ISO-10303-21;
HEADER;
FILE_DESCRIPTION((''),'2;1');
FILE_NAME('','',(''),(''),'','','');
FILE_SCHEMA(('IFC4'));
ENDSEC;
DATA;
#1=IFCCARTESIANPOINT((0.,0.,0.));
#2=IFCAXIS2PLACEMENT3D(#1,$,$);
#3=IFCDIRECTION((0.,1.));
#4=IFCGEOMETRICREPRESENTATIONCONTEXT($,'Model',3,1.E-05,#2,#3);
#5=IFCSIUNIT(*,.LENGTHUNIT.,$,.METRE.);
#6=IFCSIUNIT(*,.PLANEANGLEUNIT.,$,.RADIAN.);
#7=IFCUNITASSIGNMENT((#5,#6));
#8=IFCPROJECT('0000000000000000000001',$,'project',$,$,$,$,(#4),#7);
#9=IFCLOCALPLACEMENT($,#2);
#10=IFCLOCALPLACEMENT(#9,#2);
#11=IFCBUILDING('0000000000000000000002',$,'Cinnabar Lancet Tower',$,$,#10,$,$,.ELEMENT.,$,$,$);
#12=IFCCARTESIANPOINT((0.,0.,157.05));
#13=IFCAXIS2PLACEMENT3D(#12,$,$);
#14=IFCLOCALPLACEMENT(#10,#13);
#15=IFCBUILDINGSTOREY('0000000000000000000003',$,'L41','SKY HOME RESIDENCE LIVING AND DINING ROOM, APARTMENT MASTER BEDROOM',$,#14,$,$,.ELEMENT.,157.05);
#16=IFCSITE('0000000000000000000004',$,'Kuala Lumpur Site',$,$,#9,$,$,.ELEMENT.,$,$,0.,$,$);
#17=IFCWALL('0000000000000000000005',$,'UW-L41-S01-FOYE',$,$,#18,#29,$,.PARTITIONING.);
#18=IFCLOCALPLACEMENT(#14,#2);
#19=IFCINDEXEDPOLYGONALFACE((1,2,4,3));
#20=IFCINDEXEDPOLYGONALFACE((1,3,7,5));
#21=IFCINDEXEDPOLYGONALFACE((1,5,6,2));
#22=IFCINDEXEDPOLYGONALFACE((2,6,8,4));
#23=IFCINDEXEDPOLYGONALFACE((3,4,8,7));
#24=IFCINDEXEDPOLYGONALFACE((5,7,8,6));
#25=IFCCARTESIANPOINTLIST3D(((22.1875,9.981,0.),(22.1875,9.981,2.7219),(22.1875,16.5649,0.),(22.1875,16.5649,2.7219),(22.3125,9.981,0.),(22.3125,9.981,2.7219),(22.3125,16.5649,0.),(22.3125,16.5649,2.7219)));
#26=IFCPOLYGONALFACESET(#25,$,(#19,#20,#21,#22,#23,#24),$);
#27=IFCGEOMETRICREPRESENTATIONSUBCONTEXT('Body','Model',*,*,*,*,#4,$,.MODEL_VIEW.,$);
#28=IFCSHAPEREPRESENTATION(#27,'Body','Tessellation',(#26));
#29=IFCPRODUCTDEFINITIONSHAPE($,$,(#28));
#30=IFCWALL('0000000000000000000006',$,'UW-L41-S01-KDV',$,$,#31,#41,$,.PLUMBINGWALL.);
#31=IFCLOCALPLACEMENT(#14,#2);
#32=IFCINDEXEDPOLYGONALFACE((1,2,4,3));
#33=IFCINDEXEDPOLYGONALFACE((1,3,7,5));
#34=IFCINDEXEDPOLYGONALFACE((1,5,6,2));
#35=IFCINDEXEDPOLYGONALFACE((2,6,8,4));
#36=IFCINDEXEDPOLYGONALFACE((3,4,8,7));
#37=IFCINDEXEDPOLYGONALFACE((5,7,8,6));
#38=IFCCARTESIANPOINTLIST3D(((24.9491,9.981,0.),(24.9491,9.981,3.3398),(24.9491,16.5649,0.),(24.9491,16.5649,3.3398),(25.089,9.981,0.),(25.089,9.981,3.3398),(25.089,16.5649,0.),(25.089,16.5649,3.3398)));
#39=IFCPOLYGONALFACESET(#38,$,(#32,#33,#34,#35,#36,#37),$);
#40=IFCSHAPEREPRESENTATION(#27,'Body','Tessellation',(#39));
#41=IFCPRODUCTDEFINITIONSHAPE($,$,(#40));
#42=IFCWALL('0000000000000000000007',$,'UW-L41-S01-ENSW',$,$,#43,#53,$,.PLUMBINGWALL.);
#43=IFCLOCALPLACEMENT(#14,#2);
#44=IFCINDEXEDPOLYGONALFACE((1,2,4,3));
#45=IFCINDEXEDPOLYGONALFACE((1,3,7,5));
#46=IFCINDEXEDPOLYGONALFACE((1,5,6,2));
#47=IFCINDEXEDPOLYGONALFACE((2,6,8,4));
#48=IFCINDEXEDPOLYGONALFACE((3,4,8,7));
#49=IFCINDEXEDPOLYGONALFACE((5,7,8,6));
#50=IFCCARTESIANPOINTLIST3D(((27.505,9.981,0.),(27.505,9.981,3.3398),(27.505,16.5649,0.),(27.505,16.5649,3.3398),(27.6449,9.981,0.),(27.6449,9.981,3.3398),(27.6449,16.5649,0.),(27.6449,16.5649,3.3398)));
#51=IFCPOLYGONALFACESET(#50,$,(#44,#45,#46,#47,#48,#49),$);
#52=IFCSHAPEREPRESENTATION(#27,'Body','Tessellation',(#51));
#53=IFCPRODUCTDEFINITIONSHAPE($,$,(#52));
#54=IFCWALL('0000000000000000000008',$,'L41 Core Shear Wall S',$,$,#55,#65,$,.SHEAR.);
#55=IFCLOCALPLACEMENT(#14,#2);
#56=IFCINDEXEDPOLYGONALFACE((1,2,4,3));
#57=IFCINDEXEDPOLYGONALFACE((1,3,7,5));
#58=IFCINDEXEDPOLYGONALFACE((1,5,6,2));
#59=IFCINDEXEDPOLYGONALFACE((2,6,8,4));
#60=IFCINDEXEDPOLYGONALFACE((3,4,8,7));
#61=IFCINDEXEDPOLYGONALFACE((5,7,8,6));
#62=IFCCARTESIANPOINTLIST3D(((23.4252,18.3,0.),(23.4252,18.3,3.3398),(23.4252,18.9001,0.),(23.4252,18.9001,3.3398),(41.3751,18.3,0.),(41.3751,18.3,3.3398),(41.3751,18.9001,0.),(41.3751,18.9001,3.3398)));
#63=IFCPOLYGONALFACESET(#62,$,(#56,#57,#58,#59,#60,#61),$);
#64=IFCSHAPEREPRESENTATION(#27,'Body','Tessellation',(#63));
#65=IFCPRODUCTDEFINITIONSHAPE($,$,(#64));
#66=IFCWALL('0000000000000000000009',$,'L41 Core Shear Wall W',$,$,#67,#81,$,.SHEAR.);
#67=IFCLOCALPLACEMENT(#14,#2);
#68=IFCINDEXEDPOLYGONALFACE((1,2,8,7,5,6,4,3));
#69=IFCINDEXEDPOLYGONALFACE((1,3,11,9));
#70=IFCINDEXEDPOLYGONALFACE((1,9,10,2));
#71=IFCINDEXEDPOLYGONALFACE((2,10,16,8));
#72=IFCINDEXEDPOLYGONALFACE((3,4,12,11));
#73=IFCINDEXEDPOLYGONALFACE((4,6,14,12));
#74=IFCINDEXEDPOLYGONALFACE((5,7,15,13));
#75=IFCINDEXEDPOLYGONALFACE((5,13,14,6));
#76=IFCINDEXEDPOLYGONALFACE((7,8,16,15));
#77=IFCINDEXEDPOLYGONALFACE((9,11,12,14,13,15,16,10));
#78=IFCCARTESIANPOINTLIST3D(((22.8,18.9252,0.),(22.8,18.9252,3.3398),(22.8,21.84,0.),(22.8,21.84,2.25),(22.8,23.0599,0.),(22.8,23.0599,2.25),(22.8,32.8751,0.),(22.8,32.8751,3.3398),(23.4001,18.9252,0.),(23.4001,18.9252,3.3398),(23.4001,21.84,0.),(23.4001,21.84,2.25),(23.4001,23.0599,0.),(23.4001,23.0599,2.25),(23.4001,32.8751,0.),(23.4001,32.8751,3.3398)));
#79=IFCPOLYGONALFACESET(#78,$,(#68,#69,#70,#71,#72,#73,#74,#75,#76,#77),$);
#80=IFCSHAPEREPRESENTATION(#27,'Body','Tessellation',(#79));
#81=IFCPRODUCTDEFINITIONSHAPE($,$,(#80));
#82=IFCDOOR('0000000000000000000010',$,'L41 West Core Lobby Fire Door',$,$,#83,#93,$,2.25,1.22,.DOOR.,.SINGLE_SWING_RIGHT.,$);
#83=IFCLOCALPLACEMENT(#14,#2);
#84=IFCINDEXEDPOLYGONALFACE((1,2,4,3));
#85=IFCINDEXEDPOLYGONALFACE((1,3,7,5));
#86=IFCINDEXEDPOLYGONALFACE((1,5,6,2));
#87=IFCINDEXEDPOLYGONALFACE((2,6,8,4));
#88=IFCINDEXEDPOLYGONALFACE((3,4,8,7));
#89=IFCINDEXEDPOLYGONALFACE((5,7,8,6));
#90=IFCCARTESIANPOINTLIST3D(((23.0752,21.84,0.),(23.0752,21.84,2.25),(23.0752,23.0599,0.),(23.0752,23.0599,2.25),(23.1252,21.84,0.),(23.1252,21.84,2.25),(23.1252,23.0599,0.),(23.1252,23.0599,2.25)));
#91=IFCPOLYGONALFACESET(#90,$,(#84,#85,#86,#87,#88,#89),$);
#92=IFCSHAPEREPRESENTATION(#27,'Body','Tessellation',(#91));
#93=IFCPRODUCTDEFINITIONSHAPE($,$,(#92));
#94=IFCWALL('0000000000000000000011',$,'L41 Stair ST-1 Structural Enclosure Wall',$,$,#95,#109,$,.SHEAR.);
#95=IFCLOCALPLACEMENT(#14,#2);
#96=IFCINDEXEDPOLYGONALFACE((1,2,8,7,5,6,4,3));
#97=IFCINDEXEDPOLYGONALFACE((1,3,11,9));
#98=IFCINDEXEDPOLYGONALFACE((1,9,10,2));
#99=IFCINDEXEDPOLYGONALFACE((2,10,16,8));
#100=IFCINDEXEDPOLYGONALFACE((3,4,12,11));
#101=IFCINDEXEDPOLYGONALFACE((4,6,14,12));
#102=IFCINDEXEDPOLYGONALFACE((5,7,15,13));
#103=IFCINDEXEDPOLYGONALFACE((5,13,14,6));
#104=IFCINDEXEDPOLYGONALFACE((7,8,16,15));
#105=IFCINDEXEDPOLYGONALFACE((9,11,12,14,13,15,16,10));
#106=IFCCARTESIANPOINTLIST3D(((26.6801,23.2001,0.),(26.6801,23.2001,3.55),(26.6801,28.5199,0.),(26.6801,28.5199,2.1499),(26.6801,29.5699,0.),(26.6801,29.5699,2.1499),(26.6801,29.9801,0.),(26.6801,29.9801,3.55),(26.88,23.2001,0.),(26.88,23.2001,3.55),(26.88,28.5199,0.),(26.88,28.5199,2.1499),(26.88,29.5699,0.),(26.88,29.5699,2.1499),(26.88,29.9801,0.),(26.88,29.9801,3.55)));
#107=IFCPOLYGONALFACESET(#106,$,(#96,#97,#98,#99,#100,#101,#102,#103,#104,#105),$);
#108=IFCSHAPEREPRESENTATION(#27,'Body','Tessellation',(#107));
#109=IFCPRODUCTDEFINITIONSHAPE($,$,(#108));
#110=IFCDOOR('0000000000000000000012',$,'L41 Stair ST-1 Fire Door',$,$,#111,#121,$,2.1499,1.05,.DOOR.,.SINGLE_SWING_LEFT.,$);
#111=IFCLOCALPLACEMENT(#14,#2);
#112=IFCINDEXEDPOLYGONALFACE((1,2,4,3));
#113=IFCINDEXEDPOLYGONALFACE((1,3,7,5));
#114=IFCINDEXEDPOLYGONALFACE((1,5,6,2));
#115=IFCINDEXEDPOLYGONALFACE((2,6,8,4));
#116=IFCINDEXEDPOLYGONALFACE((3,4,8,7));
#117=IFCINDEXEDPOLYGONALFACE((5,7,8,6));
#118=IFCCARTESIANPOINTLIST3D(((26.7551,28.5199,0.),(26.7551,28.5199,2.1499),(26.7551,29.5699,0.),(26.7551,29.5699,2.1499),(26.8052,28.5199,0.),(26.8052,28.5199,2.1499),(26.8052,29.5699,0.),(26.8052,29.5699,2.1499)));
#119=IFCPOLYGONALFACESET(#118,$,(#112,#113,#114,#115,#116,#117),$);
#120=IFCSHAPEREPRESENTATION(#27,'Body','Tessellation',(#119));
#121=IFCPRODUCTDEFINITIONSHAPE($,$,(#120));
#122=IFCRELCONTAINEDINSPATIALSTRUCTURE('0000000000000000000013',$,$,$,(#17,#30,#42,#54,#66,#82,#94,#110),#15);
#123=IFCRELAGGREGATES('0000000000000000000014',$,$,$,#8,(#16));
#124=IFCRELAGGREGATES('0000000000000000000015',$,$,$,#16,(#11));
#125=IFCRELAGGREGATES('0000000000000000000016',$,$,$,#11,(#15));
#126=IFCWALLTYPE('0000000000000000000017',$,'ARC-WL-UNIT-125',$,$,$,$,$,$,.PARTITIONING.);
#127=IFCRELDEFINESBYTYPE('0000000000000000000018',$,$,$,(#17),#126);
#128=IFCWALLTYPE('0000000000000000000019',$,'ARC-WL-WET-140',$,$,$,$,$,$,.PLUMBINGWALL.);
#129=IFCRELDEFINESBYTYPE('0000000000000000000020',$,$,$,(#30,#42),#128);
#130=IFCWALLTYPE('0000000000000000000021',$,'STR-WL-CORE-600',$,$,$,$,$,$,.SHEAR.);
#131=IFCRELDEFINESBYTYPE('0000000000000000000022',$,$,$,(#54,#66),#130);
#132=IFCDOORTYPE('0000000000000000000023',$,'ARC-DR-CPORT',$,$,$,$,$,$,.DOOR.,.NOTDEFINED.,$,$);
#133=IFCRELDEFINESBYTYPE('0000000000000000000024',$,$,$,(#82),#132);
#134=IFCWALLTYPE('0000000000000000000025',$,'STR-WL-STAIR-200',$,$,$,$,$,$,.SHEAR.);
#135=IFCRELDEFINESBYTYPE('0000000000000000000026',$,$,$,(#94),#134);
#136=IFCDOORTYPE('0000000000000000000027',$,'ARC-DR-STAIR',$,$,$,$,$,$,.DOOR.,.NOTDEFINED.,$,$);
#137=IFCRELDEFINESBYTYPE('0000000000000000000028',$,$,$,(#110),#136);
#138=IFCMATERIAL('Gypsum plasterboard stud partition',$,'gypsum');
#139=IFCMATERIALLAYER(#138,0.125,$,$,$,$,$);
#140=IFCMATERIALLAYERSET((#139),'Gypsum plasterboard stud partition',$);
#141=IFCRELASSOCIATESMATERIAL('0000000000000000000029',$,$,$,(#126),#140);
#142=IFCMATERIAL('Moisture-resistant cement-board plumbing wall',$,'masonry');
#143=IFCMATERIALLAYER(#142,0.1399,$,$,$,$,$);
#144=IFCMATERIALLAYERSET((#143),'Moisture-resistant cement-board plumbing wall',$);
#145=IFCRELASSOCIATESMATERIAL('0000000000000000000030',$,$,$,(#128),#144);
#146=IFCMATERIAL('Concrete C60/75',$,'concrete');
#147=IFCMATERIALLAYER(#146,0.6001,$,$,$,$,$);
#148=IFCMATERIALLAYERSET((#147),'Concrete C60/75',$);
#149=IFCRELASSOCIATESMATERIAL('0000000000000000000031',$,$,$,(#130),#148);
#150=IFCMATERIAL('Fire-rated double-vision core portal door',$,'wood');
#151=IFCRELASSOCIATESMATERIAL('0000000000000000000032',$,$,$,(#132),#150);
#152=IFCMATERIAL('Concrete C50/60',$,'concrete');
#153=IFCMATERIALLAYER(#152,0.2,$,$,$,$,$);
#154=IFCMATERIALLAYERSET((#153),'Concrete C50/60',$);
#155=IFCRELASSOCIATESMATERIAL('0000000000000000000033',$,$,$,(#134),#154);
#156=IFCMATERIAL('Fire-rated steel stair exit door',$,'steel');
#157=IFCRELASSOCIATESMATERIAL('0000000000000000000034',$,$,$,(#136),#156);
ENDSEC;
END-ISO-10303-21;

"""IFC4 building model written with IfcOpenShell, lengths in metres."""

from ifc_helpers import new_model, si_unit, direction, frame, frame_2d, origin, place, context, subcontext, project, spatial, rectangle, extrude, material, layer, layer_set, type_object, element, fill, save


model = new_model("IFC4")

# Units and contexts
model_context = context("Model", 3, precision=1e-05, world=origin(), true_north=direction((0.0, 1.0)))
body_context = subcontext(model_context, "Body", "Model", "MODEL_VIEW")
ifc_project = project(units=[si_unit("LENGTHUNIT", "METRE"), si_unit("PLANEANGLEUNIT", "RADIAN")], contexts=[model_context])

# Site, building, storey
site_placement = place(None, origin())
site = spatial("IfcSite", under=ifc_project, at=site_placement, Name="Kuala Lumpur Site", CompositionType="ELEMENT", RefElevation=0.0)
building_placement = place(site_placement, origin())
building = spatial("IfcBuilding", under=site, at=building_placement, Name="Cinnabar Lancet Tower", CompositionType="ELEMENT")
storey_placement = place(building_placement, frame((0.0, 0.0, 157.05)))
storey = spatial("IfcBuildingStorey", under=building, at=storey_placement, Name="L41", Description="SKY HOME RESIDENCE LIVING AND DINING ROOM, APARTMENT MASTER BEDROOM", CompositionType="ELEMENT", Elevation=157.05)

# Walls
ifc_material_1 = material(Name="Gypsum plasterboard stud partition", Category="gypsum")
ifc_layer_1 = layer(ifc_material_1, 0.125)
ifc_layer_set_1 = layer_set([ifc_layer_1], Name="Gypsum plasterboard stud partition")
wall_type_1 = type_object("IfcWallType", Name="ARC-WL-UNIT-125", PredefinedType="PARTITIONING", material=ifc_layer_set_1)
wall_1_placement = place(storey_placement, frame((22.25, 9.981, 0.0), z_axis=(0.0, 0.0, 1.0), x_axis=(0.0, 1.0, 0.0)))
element("IfcWall", 1, at=wall_1_placement, inside=storey, type_object=wall_type_1, Name="UW-L41-S01-FOYE", PredefinedType="PARTITIONING", context=body_context, shape_type="SweptSolid", body=[
    extrude(rectangle(XDim=6.584, YDim=0.125, at=frame_2d((3.292, 0.0))), origin(), (0.0, 0.0, 1.0), 2.7219),
])
ifc_material_2 = material(Name="Moisture-resistant cement-board plumbing wall", Category="masonry")
ifc_layer_2 = layer(ifc_material_2, 0.1399)
ifc_layer_set_2 = layer_set([ifc_layer_2], Name="Moisture-resistant cement-board plumbing wall")
wall_type_2 = type_object("IfcWallType", Name="ARC-WL-WET-140", PredefinedType="PLUMBINGWALL", material=ifc_layer_set_2)
for number, where, z_axis, x_axis, name in (
    (2, (25.019, 9.981, 0.0), (0.0, 0.0, 1.0), (0.0, 1.0, 0.0), "UW-L41-S01-KDV"),
    (3, (27.575, 9.981, 0.0), (0.0, 0.0, 1.0), (0.0, 1.0, 0.0), "UW-L41-S01-ENSW"),
):
    element("IfcWall", number, at=place(storey_placement, frame(where, z_axis=z_axis, x_axis=x_axis)), inside=storey, type_object=wall_type_2, Name=name, PredefinedType="PLUMBINGWALL", context=body_context, shape_type="SweptSolid", body=[
        extrude(rectangle(XDim=6.584, YDim=0.1399, at=frame_2d((3.292, 0.0))), origin(), (0.0, 0.0, 1.0), 3.3398),
    ])
ifc_material_3 = material(Name="Concrete C60/75", Category="concrete")
ifc_layer_3 = layer(ifc_material_3, 0.6001)
ifc_layer_set_3 = layer_set([ifc_layer_3], Name="Concrete C60/75")
wall_type_3 = type_object("IfcWallType", Name="STR-WL-CORE-600", PredefinedType="SHEAR", material=ifc_layer_set_3)
wall_2_placement = place(storey_placement, frame((23.425, 18.6001, 0.0), z_axis=(0.0, 0.0, 1.0), x_axis=(1.0, 0.0, 0.0)))
element("IfcWall", 4, at=wall_2_placement, inside=storey, type_object=wall_type_3, Name="L41 Core Shear Wall S", PredefinedType="SHEAR", context=body_context, shape_type="SweptSolid", body=[
    extrude(rectangle(XDim=17.95, YDim=0.6001, at=frame_2d((8.9751, 0.0))), origin(), (0.0, 0.0, 1.0), 3.3398),
])

# Walls, openings, doors
wall_3_placement = place(storey_placement, frame((23.1001, 18.925, 0.0), z_axis=(0.0, 0.0, 1.0), x_axis=(0.0, 1.0, 0.0)))
wall_3 = element("IfcWall", 5, at=wall_3_placement, inside=storey, type_object=wall_type_3, Name="L41 Core Shear Wall W", PredefinedType="SHEAR", context=body_context, shape_type="SweptSolid", body=[
    extrude(rectangle(XDim=13.95, YDim=0.6001, at=frame_2d((6.9751, 0.0))), origin(), (0.0, 0.0, 1.0), 3.3398),
])
opening_1_placement = place(wall_3_placement, frame((2.915, 0.0, 0.0)))
opening_1 = element("IfcOpeningElement", 6, at=opening_1_placement, cuts=wall_3, PredefinedType="OPENING", context=body_context, shape_type="SweptSolid", body=[
    extrude(rectangle(XDim=1.22, YDim=2.25, at=frame_2d((0.6099, 1.125))), frame((0.0, 0.3101, 0.0), z_axis=(0.0, -1.0, 0.0), x_axis=(1.0, 0.0, 0.0)), (0.0, 0.0, 1.0), 0.6201),
])
ifc_material_4 = material(Name="Fire-rated double-vision core portal door", Category="wood")
door_type_1 = type_object("IfcDoorType", Name="ARC-DR-CPORT", OperationType="NOTDEFINED", PredefinedType="DOOR", material=ifc_material_4)
door_1_placement = place(opening_1_placement, origin())
door_1 = element("IfcDoor", 7, at=door_1_placement, inside=storey, type_object=door_type_1, Name="L41 West Core Lobby Fire Door", OperationType="SINGLE_SWING_RIGHT", OverallHeight=2.25, OverallWidth=1.22, PredefinedType="DOOR", context=body_context, shape_type="SweptSolid", body=[
    extrude(rectangle(XDim=1.22, YDim=2.25, at=frame_2d((0.6099, 1.125))), frame((0.0, 0.0249, 0.0), z_axis=(0.0, -1.0, 0.0), x_axis=(1.0, 0.0, 0.0)), (0.0, 0.0, 1.0), 0.05),
])
fill(opening_1, door_1)
ifc_material_5 = material(Name="Concrete C50/60", Category="concrete")
ifc_layer_4 = layer(ifc_material_5, 0.2)
ifc_layer_set_4 = layer_set([ifc_layer_4], Name="Concrete C50/60")
wall_type_4 = type_object("IfcWallType", Name="STR-WL-STAIR-200", PredefinedType="SHEAR", material=ifc_layer_set_4)
wall_4_placement = place(storey_placement, frame((26.78, 23.2, 0.0), z_axis=(0.0, 0.0, 1.0), x_axis=(0.0, 1.0, 0.0)))
wall_4 = element("IfcWall", 8, at=wall_4_placement, inside=storey, type_object=wall_type_4, Name="L41 Stair ST-1 Structural Enclosure Wall", PredefinedType="SHEAR", context=body_context, shape_type="SweptSolid", body=[
    extrude(rectangle(XDim=6.78, YDim=0.2, at=frame_2d((3.3901, 0.0))), origin(), (0.0, 0.0, 1.0), 3.55),
])
opening_2_placement = place(wall_4_placement, frame((5.3201, 0.0, 0.0)))
opening_2 = element("IfcOpeningElement", 9, at=opening_2_placement, cuts=wall_4, PredefinedType="OPENING", context=body_context, shape_type="SweptSolid", body=[
    extrude(rectangle(XDim=1.05, YDim=2.1499, at=frame_2d((0.5249, 1.075))), frame((0.0, 0.1099, 0.0), z_axis=(0.0, -1.0, 0.0), x_axis=(1.0, 0.0, 0.0)), (0.0, 0.0, 1.0), 0.22),
])
ifc_material_6 = material(Name="Fire-rated steel stair exit door", Category="steel")
door_type_2 = type_object("IfcDoorType", Name="ARC-DR-STAIR", OperationType="NOTDEFINED", PredefinedType="DOOR", material=ifc_material_6)
door_2_placement = place(opening_2_placement, origin())
door_2 = element("IfcDoor", 10, at=door_2_placement, inside=storey, type_object=door_type_2, Name="L41 Stair ST-1 Fire Door", OperationType="SINGLE_SWING_LEFT", OverallHeight=2.1499, OverallWidth=1.05, PredefinedType="DOOR", context=body_context, shape_type="SweptSolid", body=[
    extrude(rectangle(XDim=1.05, YDim=2.1499, at=frame_2d((0.5249, 1.075))), frame((0.0, 0.0249, 0.0), z_axis=(0.0, -1.0, 0.0), x_axis=(1.0, 0.0, 0.0)), (0.0, 0.0, 1.0), 0.05),
])
fill(opening_2, door_2)

save(model, "model.ifc")
